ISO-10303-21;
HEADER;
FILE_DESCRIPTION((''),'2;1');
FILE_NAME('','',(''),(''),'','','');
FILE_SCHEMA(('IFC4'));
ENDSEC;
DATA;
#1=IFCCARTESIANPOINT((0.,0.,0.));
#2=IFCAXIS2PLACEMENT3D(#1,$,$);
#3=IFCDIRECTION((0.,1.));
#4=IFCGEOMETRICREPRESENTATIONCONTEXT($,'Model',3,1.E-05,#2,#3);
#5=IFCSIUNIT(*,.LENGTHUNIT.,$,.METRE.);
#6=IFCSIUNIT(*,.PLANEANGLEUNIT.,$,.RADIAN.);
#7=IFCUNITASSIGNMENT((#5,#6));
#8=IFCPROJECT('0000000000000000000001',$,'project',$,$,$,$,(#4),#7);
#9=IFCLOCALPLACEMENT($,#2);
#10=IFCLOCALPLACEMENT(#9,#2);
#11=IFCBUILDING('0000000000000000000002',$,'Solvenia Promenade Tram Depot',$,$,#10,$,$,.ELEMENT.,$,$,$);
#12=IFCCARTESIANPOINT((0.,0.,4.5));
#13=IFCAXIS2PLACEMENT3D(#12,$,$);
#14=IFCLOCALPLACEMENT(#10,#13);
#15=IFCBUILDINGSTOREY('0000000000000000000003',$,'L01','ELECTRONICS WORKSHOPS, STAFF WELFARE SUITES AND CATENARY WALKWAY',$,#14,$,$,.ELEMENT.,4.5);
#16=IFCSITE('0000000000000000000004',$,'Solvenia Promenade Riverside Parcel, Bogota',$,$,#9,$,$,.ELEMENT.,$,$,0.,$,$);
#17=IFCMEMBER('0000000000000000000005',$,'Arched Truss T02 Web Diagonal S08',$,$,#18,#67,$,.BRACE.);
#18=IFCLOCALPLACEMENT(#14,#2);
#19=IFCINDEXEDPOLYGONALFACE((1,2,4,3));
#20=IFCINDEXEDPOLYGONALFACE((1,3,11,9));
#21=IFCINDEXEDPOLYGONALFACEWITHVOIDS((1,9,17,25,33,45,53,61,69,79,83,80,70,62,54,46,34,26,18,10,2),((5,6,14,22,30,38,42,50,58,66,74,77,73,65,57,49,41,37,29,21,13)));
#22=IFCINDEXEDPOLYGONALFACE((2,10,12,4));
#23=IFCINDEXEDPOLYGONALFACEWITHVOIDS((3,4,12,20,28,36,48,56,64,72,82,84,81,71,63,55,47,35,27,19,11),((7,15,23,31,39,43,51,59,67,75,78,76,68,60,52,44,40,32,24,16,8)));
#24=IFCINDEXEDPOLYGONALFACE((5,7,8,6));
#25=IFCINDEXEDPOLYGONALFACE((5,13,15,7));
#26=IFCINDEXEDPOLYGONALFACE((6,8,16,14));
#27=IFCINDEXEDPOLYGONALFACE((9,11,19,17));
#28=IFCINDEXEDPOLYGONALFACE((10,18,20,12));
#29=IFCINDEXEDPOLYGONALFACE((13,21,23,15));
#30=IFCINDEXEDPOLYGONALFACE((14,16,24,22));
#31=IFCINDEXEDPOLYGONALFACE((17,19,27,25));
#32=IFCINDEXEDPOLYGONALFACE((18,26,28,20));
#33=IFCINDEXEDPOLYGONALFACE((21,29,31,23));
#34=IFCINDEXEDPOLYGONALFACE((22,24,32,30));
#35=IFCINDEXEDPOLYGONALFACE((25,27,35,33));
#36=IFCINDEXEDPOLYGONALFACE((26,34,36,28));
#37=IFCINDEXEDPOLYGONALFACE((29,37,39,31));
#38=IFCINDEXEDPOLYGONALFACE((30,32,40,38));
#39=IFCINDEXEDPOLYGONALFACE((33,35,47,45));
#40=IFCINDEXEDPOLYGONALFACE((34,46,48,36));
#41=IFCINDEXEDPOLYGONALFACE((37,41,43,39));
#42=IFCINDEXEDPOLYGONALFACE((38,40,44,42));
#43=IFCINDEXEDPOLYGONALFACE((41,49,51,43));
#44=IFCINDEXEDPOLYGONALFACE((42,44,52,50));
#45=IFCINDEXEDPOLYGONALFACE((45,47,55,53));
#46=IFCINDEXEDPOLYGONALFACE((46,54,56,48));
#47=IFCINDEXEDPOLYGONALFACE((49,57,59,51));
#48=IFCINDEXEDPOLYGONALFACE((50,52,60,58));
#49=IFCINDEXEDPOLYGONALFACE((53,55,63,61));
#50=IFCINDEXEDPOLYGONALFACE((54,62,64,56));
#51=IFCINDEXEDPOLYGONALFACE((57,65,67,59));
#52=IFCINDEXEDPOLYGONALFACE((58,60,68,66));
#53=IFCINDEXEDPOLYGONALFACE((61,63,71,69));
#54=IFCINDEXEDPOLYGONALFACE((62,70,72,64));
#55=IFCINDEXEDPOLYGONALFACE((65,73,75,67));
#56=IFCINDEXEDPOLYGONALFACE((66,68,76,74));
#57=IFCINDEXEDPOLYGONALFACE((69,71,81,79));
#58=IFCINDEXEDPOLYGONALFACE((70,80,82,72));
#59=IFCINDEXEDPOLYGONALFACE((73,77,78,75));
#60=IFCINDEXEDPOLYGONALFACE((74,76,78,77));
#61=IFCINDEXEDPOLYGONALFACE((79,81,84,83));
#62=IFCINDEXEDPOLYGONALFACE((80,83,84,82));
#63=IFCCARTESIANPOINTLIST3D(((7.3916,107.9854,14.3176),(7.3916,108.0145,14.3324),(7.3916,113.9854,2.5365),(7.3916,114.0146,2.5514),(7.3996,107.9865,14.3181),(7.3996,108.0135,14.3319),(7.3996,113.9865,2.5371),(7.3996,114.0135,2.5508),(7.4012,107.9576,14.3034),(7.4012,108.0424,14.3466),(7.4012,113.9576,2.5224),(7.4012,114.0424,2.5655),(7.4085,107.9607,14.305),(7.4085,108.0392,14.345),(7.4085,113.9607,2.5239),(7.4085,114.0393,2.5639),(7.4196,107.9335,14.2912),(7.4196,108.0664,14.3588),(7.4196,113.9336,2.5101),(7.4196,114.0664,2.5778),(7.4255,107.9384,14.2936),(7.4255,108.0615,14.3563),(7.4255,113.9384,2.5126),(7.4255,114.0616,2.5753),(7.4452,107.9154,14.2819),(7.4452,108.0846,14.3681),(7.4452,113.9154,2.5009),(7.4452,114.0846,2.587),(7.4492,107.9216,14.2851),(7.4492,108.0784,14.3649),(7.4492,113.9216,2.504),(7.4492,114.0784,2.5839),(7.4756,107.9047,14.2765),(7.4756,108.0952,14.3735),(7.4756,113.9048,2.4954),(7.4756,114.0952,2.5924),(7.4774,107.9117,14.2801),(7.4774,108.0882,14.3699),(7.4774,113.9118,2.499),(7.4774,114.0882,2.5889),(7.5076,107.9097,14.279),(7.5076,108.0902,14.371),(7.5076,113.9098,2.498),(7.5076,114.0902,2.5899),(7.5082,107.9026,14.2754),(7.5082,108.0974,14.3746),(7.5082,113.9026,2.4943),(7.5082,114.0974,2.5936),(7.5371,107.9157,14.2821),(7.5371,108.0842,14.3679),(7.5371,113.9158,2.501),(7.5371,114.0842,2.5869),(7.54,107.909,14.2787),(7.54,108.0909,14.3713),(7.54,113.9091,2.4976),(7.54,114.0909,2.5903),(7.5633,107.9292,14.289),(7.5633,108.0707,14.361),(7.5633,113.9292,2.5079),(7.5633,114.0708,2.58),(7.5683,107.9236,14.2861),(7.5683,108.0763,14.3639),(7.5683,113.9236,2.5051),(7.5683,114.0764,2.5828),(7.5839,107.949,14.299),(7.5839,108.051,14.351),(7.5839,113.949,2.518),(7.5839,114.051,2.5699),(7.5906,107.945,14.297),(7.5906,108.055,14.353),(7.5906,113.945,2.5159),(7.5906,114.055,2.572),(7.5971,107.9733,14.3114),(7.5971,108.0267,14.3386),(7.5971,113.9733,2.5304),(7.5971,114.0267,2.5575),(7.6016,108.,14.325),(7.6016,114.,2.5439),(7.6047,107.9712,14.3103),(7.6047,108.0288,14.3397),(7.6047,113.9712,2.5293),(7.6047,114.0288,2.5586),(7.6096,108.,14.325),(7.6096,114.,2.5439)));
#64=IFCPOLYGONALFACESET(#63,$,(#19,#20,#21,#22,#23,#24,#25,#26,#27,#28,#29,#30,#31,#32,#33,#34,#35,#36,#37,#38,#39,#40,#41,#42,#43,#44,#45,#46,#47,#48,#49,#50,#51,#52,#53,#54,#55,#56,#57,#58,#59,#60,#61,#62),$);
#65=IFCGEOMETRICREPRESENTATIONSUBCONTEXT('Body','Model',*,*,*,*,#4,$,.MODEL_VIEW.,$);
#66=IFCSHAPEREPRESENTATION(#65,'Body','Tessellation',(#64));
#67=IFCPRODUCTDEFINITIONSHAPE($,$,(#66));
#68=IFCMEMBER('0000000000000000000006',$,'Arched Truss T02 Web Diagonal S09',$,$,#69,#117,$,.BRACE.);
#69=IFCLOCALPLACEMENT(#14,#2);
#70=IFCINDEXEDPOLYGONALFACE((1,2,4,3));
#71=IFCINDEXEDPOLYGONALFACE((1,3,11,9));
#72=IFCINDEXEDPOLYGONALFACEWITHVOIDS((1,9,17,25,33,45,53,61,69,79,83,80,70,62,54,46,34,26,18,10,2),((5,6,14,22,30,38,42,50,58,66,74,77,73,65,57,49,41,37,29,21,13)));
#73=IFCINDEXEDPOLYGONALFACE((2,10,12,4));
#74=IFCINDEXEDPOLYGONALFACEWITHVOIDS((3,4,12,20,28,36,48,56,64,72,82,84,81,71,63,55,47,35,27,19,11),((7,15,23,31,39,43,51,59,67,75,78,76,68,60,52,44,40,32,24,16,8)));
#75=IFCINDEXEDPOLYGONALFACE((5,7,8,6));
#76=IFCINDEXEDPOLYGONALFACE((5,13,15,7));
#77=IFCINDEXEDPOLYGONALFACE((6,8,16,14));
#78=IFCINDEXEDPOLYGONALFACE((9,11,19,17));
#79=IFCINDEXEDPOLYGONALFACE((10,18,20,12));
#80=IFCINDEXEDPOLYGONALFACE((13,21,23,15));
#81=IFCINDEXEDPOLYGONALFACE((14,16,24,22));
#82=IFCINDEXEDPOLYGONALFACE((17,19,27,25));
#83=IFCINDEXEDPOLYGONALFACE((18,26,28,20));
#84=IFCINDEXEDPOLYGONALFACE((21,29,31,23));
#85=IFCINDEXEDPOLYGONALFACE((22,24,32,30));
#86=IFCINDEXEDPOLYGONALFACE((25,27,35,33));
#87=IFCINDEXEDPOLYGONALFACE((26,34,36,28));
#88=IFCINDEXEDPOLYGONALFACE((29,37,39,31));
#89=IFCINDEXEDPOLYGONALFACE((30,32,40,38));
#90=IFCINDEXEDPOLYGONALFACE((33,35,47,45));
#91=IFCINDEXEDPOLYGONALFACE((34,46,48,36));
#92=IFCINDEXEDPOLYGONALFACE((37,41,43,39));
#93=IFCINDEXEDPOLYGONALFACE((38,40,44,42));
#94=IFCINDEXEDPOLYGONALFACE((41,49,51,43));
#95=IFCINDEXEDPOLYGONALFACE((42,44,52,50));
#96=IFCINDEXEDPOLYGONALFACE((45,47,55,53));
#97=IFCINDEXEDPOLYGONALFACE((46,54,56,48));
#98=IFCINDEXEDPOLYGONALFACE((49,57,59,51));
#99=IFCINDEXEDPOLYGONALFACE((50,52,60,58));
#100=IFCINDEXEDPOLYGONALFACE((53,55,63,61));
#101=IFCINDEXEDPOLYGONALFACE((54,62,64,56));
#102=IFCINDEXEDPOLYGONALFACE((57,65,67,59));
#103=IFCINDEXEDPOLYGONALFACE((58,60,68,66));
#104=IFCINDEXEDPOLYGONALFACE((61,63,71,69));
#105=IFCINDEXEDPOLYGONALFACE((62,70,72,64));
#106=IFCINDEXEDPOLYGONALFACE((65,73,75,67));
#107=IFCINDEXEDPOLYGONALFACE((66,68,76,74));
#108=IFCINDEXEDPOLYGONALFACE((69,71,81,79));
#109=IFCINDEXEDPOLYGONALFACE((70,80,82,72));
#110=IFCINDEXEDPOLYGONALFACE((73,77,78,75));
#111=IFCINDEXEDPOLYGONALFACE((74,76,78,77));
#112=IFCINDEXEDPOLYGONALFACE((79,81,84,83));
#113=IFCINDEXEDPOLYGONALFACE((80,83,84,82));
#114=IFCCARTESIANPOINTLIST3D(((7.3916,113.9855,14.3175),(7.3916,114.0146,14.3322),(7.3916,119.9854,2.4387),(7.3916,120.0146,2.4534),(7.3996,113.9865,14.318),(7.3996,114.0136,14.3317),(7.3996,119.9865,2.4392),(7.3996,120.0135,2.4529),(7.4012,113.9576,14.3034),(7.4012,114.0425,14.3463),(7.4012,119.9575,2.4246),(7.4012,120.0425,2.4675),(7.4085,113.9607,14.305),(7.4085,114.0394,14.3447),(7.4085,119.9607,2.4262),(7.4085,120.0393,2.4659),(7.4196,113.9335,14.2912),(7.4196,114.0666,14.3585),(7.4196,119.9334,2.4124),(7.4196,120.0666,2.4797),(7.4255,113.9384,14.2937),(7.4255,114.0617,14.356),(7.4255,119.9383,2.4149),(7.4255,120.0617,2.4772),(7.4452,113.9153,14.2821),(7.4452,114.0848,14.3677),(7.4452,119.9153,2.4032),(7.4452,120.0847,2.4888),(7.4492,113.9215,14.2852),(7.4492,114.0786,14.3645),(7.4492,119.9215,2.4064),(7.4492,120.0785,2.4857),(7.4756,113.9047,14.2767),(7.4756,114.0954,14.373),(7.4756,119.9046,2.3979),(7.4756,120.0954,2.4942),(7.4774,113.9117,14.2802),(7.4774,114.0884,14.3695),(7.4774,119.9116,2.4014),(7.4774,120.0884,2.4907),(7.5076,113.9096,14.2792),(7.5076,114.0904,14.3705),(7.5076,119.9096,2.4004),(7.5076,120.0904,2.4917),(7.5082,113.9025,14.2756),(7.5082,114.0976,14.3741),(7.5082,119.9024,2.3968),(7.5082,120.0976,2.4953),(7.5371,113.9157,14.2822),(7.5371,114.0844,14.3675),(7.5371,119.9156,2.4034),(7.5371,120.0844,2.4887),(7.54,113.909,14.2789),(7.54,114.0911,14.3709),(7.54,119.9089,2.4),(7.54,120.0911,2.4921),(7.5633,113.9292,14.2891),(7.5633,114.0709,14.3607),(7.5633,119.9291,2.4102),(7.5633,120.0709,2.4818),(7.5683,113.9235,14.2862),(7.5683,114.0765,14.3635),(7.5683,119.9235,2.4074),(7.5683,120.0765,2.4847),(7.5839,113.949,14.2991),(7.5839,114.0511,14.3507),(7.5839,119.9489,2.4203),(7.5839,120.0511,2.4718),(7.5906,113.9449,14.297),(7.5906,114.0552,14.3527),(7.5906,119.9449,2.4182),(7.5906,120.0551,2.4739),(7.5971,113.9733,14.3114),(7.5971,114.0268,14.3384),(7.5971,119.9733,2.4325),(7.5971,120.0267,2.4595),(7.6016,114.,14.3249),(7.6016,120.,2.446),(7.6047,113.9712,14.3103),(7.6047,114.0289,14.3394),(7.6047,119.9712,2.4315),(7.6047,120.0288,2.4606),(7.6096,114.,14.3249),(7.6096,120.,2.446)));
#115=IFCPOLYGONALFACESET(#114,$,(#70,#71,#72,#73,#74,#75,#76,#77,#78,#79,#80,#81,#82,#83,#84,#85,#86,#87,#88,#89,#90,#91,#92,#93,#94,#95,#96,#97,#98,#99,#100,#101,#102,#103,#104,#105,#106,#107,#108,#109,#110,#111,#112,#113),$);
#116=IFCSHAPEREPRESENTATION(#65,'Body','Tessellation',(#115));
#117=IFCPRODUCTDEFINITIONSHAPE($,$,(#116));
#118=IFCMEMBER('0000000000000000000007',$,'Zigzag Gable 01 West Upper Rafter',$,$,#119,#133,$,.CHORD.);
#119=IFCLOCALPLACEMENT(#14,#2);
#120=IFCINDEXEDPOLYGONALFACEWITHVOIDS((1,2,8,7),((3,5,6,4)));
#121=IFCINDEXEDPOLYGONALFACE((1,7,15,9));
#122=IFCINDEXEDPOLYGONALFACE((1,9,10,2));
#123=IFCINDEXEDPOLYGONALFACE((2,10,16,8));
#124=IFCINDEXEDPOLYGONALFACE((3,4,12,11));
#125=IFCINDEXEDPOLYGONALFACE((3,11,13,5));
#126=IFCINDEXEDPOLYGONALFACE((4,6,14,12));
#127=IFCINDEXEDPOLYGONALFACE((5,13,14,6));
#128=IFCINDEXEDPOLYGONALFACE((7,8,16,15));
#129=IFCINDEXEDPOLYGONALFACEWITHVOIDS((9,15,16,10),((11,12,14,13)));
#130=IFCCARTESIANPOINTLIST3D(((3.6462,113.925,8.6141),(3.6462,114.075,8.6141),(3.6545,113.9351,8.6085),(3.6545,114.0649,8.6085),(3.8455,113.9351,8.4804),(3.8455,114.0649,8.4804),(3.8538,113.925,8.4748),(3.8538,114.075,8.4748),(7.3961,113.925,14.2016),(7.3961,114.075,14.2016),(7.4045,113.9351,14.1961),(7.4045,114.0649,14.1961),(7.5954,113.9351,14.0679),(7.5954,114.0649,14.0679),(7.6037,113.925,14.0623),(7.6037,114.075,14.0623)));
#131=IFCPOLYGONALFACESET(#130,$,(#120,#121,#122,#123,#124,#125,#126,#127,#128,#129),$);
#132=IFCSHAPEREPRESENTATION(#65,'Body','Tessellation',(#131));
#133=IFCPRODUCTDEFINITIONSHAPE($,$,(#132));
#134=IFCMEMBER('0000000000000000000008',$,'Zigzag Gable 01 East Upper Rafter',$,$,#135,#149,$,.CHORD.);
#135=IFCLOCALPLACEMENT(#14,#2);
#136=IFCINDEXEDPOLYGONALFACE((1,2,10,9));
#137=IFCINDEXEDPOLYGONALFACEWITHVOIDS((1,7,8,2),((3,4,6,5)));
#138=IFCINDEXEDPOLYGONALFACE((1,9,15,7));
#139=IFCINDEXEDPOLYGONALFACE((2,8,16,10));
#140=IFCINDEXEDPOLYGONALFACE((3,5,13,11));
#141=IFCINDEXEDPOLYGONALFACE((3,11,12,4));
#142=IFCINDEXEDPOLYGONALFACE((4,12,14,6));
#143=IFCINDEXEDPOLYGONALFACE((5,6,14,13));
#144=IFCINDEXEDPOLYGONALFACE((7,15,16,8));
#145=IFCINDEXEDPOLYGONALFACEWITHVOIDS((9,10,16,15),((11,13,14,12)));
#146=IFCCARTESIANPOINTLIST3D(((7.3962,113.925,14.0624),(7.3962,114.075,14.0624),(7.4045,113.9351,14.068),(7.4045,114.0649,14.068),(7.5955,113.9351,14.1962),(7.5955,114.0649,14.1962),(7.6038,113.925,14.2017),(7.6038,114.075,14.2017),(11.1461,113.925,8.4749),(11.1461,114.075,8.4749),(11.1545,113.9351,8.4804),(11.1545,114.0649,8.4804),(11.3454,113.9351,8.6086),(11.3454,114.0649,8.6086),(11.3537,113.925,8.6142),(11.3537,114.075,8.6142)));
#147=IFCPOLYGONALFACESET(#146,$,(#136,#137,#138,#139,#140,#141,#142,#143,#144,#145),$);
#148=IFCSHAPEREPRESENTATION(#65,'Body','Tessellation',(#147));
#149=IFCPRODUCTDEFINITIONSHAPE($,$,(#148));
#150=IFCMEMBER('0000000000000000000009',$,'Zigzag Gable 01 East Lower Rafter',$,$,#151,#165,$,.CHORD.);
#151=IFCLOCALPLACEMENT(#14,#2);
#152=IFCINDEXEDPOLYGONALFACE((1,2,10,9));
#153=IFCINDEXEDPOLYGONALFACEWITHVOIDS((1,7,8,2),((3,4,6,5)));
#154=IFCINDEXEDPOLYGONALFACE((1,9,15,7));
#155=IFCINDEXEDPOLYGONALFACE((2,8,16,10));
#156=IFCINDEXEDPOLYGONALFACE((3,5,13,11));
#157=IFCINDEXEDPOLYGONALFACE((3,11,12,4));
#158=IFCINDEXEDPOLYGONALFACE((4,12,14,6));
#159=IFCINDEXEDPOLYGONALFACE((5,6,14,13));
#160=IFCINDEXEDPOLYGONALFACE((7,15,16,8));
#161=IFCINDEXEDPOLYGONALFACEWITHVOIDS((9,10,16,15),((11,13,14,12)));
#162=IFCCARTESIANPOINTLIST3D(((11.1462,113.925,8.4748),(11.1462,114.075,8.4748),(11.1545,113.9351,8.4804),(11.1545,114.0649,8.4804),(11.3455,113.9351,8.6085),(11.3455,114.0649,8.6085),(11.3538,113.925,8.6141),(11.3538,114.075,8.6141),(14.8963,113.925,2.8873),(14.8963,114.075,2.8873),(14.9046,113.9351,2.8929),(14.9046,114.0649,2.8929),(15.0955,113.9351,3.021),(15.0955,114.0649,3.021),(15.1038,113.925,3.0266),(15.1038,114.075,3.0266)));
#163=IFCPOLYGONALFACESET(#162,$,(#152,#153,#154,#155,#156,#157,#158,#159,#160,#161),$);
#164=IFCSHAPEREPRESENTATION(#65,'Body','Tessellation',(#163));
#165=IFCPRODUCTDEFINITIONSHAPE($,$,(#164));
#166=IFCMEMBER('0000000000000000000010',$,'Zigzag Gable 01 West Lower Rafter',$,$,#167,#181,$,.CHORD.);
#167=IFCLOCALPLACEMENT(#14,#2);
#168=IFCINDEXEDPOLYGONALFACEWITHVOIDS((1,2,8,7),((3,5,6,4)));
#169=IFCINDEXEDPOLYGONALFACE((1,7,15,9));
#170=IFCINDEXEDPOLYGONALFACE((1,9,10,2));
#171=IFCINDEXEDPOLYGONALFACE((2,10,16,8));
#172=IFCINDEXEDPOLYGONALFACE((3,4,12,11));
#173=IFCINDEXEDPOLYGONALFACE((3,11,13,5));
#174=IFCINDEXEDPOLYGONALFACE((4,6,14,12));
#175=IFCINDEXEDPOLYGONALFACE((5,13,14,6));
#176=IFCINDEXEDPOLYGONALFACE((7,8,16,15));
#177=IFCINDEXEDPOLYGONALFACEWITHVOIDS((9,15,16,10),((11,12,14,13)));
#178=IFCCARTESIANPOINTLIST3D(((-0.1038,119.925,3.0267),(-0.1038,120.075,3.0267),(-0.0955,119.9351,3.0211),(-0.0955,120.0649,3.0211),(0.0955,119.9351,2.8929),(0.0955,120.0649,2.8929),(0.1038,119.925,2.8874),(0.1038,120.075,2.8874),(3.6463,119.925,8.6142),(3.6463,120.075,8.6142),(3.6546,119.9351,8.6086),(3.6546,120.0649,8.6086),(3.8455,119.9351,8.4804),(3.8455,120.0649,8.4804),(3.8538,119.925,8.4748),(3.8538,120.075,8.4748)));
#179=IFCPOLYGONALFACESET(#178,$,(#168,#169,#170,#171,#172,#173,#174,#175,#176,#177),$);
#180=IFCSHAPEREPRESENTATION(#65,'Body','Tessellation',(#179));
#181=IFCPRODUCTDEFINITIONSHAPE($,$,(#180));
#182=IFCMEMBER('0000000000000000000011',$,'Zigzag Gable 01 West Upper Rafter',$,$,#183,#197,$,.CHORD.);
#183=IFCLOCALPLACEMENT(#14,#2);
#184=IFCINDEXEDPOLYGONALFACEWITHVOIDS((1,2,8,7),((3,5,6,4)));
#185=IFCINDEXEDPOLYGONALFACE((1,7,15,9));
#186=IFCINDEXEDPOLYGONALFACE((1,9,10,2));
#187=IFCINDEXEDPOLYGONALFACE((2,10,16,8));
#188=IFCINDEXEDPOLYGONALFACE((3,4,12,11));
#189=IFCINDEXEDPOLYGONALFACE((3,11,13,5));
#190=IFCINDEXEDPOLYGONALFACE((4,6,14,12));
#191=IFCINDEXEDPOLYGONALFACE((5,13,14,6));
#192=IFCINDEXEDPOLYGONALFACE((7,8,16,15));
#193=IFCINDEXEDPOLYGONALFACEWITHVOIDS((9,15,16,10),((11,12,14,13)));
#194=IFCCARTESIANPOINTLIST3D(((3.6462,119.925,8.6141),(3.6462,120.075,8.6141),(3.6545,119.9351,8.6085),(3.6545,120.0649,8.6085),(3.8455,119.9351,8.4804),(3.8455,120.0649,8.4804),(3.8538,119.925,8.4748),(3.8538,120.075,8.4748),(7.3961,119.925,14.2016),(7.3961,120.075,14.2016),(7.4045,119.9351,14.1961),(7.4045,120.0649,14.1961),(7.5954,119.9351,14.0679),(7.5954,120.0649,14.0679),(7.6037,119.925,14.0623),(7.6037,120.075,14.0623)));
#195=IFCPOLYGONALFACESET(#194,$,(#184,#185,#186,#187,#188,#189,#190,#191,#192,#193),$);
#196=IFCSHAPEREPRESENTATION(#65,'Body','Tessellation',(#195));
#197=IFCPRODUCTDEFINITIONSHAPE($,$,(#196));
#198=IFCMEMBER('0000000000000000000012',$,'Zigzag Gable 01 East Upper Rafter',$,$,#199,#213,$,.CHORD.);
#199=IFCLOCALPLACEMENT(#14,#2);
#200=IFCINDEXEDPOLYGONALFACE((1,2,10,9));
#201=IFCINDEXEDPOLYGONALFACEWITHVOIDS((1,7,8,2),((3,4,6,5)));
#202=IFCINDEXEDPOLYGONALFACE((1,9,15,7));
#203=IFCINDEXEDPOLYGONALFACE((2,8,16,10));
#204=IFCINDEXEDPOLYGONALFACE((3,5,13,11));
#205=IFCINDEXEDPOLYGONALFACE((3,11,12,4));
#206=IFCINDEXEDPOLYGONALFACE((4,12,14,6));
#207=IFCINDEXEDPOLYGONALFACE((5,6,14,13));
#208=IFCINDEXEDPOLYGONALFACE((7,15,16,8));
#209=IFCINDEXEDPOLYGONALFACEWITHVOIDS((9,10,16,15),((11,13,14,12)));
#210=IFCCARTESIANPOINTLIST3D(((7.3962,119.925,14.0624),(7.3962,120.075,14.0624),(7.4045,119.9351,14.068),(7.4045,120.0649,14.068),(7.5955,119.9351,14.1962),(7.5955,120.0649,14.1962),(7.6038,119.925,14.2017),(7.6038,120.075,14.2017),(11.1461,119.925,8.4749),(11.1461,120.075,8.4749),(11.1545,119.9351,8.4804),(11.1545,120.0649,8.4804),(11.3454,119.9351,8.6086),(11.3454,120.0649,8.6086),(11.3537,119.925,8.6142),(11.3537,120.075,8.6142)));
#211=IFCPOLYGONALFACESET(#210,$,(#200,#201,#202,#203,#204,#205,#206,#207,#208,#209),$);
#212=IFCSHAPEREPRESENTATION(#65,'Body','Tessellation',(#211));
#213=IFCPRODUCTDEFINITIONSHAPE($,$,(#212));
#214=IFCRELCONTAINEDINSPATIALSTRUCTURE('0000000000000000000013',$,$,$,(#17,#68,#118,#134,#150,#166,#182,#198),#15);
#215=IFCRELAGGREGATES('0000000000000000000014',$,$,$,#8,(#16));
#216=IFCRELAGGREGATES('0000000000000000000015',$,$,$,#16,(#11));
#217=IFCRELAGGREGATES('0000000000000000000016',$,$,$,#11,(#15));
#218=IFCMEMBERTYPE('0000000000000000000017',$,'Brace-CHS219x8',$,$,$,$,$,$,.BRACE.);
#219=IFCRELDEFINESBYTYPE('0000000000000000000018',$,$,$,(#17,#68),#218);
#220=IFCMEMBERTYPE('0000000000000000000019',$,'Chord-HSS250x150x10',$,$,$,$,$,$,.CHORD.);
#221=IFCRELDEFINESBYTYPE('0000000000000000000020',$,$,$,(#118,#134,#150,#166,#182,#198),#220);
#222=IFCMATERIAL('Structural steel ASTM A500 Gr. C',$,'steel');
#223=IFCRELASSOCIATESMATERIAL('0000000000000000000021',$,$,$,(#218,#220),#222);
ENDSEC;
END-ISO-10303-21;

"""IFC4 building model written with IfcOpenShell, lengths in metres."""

from ifc_helpers import new_model, si_unit, direction, frame, origin, origin_2d, place, context, subcontext, project, spatial, hollow_rectangle, hollow_circle, extrude, material, material_profile, profile_set, type_object, element, save


model = new_model("IFC4")

# Units and contexts
model_context = context("Model", 3, precision=1e-05, world=origin(), true_north=direction((0.0, 1.0)))
body_context = subcontext(model_context, "Body", "Model", "MODEL_VIEW")
ifc_project = project(units=[si_unit("LENGTHUNIT", "METRE"), si_unit("PLANEANGLEUNIT", "RADIAN")], contexts=[model_context])

# Site, building, storey
site_placement = place(None, origin())
site = spatial("IfcSite", under=ifc_project, at=site_placement, Name="Solvenia Promenade Riverside Parcel, Bogota", CompositionType="ELEMENT", RefElevation=0.0)
building_placement = place(site_placement, origin())
building = spatial("IfcBuilding", under=site, at=building_placement, Name="Solvenia Promenade Tram Depot", CompositionType="ELEMENT")
storey_placement = place(building_placement, frame((0.0, 0.0, 4.5)))
storey = spatial("IfcBuildingStorey", under=building, at=storey_placement, Name="L01", Description="ELECTRONICS WORKSHOPS, STAFF WELFARE SUITES AND CATENARY WALKWAY", CompositionType="ELEMENT", Elevation=4.5)

# Members
ifc_material_1 = material(Name="Structural steel ASTM A500 Gr. C", Category="steel")
ifc_material_profile_1 = material_profile(ifc_material_1, hollow_circle(Radius=0.1096, WallThickness=0.0081, at=origin_2d()), Name="CHS219.1x8", Category="steel")
ifc_profile_set_1 = profile_set([ifc_material_profile_1], Name="Structural steel ASTM A500 Gr. C")
member_type_1 = type_object("IfcMemberType", Name="Brace-CHS219x8", PredefinedType="BRACE", material=ifc_profile_set_1)
member_1_placement = place(storey_placement, frame((7.5, 114.0, 2.5439), z_axis=(0.0, -0.453827, 0.89109), x_axis=(1.0, 0.0, 0.0)))
element("IfcMember", 1, at=member_1_placement, inside=storey, type_object=member_type_1, Name="Arched Truss T02 Web Diagonal S08", PredefinedType="BRACE", context=body_context, shape_type="SweptSolid", body=[
    extrude(hollow_circle(Radius=0.1096, WallThickness=0.0081, at=origin_2d()), origin(), (0.0, 0.0, 1.0), 13.2209),
])
member_2_placement = place(storey_placement, frame((7.5, 120.0, 2.446), z_axis=(0.0, -0.45085, 0.8926), x_axis=(1.0, 0.0, 0.0)))
element("IfcMember", 2, at=member_2_placement, inside=storey, type_object=member_type_1, Name="Arched Truss T02 Web Diagonal S09", PredefinedType="BRACE", context=body_context, shape_type="SweptSolid", body=[
    extrude(hollow_circle(Radius=0.1096, WallThickness=0.0081, at=origin_2d()), origin(), (0.0, 0.0, 1.0), 13.3081),
])
ifc_material_profile_2 = material_profile(ifc_material_1, hollow_rectangle(XDim=0.1499, YDim=0.25, WallThickness=0.01, at=origin_2d()), Name="HSS250x150x10", Category="steel")
ifc_profile_set_2 = profile_set([ifc_material_profile_2], Name="Structural steel ASTM A500 Gr. C")
member_type_2 = type_object("IfcMemberType", Name="Chord-HSS250x150x10", PredefinedType="CHORD", material=ifc_profile_set_2)
for number, where, z_axis, x_axis, name in (
    (3, (3.75, 114.0, 8.5444), (0.557259, 0.0, 0.830338), (0.0, 1.0, 0.0), "Zigzag Gable 01 West Upper Rafter"),
    (4, (7.5, 114.0, 14.1321), (0.557259, 0.0, -0.830338), (0.0, 1.0, 0.0), "Zigzag Gable 01 East Upper Rafter"),
    (5, (11.25, 114.0, 8.5444), (0.557276, 0.0, -0.830327), (0.0, 1.0, 0.0), "Zigzag Gable 01 East Lower Rafter"),
    (6, (0.0, 120.0, 2.957), (0.557276, 0.0, 0.830327), (0.0, 1.0, 0.0), "Zigzag Gable 01 West Lower Rafter"),
    (7, (3.75, 120.0, 8.5444), (0.557259, 0.0, 0.830338), (0.0, 1.0, 0.0), "Zigzag Gable 01 West Upper Rafter"),
    (8, (7.5, 120.0, 14.1321), (0.557259, 0.0, -0.830338), (0.0, 1.0, 0.0), "Zigzag Gable 01 East Upper Rafter"),
):
    element("IfcMember", number, at=place(storey_placement, frame(where, z_axis=z_axis, x_axis=x_axis)), inside=storey, type_object=member_type_2, Name=name, PredefinedType="CHORD", context=body_context, shape_type="SweptSolid", body=[
        extrude(hollow_rectangle(XDim=0.1499, YDim=0.25, WallThickness=0.01, at=origin_2d()), origin(), (0.0, 0.0, 1.0), 6.7292),
    ])

save(model, "model.ifc")
